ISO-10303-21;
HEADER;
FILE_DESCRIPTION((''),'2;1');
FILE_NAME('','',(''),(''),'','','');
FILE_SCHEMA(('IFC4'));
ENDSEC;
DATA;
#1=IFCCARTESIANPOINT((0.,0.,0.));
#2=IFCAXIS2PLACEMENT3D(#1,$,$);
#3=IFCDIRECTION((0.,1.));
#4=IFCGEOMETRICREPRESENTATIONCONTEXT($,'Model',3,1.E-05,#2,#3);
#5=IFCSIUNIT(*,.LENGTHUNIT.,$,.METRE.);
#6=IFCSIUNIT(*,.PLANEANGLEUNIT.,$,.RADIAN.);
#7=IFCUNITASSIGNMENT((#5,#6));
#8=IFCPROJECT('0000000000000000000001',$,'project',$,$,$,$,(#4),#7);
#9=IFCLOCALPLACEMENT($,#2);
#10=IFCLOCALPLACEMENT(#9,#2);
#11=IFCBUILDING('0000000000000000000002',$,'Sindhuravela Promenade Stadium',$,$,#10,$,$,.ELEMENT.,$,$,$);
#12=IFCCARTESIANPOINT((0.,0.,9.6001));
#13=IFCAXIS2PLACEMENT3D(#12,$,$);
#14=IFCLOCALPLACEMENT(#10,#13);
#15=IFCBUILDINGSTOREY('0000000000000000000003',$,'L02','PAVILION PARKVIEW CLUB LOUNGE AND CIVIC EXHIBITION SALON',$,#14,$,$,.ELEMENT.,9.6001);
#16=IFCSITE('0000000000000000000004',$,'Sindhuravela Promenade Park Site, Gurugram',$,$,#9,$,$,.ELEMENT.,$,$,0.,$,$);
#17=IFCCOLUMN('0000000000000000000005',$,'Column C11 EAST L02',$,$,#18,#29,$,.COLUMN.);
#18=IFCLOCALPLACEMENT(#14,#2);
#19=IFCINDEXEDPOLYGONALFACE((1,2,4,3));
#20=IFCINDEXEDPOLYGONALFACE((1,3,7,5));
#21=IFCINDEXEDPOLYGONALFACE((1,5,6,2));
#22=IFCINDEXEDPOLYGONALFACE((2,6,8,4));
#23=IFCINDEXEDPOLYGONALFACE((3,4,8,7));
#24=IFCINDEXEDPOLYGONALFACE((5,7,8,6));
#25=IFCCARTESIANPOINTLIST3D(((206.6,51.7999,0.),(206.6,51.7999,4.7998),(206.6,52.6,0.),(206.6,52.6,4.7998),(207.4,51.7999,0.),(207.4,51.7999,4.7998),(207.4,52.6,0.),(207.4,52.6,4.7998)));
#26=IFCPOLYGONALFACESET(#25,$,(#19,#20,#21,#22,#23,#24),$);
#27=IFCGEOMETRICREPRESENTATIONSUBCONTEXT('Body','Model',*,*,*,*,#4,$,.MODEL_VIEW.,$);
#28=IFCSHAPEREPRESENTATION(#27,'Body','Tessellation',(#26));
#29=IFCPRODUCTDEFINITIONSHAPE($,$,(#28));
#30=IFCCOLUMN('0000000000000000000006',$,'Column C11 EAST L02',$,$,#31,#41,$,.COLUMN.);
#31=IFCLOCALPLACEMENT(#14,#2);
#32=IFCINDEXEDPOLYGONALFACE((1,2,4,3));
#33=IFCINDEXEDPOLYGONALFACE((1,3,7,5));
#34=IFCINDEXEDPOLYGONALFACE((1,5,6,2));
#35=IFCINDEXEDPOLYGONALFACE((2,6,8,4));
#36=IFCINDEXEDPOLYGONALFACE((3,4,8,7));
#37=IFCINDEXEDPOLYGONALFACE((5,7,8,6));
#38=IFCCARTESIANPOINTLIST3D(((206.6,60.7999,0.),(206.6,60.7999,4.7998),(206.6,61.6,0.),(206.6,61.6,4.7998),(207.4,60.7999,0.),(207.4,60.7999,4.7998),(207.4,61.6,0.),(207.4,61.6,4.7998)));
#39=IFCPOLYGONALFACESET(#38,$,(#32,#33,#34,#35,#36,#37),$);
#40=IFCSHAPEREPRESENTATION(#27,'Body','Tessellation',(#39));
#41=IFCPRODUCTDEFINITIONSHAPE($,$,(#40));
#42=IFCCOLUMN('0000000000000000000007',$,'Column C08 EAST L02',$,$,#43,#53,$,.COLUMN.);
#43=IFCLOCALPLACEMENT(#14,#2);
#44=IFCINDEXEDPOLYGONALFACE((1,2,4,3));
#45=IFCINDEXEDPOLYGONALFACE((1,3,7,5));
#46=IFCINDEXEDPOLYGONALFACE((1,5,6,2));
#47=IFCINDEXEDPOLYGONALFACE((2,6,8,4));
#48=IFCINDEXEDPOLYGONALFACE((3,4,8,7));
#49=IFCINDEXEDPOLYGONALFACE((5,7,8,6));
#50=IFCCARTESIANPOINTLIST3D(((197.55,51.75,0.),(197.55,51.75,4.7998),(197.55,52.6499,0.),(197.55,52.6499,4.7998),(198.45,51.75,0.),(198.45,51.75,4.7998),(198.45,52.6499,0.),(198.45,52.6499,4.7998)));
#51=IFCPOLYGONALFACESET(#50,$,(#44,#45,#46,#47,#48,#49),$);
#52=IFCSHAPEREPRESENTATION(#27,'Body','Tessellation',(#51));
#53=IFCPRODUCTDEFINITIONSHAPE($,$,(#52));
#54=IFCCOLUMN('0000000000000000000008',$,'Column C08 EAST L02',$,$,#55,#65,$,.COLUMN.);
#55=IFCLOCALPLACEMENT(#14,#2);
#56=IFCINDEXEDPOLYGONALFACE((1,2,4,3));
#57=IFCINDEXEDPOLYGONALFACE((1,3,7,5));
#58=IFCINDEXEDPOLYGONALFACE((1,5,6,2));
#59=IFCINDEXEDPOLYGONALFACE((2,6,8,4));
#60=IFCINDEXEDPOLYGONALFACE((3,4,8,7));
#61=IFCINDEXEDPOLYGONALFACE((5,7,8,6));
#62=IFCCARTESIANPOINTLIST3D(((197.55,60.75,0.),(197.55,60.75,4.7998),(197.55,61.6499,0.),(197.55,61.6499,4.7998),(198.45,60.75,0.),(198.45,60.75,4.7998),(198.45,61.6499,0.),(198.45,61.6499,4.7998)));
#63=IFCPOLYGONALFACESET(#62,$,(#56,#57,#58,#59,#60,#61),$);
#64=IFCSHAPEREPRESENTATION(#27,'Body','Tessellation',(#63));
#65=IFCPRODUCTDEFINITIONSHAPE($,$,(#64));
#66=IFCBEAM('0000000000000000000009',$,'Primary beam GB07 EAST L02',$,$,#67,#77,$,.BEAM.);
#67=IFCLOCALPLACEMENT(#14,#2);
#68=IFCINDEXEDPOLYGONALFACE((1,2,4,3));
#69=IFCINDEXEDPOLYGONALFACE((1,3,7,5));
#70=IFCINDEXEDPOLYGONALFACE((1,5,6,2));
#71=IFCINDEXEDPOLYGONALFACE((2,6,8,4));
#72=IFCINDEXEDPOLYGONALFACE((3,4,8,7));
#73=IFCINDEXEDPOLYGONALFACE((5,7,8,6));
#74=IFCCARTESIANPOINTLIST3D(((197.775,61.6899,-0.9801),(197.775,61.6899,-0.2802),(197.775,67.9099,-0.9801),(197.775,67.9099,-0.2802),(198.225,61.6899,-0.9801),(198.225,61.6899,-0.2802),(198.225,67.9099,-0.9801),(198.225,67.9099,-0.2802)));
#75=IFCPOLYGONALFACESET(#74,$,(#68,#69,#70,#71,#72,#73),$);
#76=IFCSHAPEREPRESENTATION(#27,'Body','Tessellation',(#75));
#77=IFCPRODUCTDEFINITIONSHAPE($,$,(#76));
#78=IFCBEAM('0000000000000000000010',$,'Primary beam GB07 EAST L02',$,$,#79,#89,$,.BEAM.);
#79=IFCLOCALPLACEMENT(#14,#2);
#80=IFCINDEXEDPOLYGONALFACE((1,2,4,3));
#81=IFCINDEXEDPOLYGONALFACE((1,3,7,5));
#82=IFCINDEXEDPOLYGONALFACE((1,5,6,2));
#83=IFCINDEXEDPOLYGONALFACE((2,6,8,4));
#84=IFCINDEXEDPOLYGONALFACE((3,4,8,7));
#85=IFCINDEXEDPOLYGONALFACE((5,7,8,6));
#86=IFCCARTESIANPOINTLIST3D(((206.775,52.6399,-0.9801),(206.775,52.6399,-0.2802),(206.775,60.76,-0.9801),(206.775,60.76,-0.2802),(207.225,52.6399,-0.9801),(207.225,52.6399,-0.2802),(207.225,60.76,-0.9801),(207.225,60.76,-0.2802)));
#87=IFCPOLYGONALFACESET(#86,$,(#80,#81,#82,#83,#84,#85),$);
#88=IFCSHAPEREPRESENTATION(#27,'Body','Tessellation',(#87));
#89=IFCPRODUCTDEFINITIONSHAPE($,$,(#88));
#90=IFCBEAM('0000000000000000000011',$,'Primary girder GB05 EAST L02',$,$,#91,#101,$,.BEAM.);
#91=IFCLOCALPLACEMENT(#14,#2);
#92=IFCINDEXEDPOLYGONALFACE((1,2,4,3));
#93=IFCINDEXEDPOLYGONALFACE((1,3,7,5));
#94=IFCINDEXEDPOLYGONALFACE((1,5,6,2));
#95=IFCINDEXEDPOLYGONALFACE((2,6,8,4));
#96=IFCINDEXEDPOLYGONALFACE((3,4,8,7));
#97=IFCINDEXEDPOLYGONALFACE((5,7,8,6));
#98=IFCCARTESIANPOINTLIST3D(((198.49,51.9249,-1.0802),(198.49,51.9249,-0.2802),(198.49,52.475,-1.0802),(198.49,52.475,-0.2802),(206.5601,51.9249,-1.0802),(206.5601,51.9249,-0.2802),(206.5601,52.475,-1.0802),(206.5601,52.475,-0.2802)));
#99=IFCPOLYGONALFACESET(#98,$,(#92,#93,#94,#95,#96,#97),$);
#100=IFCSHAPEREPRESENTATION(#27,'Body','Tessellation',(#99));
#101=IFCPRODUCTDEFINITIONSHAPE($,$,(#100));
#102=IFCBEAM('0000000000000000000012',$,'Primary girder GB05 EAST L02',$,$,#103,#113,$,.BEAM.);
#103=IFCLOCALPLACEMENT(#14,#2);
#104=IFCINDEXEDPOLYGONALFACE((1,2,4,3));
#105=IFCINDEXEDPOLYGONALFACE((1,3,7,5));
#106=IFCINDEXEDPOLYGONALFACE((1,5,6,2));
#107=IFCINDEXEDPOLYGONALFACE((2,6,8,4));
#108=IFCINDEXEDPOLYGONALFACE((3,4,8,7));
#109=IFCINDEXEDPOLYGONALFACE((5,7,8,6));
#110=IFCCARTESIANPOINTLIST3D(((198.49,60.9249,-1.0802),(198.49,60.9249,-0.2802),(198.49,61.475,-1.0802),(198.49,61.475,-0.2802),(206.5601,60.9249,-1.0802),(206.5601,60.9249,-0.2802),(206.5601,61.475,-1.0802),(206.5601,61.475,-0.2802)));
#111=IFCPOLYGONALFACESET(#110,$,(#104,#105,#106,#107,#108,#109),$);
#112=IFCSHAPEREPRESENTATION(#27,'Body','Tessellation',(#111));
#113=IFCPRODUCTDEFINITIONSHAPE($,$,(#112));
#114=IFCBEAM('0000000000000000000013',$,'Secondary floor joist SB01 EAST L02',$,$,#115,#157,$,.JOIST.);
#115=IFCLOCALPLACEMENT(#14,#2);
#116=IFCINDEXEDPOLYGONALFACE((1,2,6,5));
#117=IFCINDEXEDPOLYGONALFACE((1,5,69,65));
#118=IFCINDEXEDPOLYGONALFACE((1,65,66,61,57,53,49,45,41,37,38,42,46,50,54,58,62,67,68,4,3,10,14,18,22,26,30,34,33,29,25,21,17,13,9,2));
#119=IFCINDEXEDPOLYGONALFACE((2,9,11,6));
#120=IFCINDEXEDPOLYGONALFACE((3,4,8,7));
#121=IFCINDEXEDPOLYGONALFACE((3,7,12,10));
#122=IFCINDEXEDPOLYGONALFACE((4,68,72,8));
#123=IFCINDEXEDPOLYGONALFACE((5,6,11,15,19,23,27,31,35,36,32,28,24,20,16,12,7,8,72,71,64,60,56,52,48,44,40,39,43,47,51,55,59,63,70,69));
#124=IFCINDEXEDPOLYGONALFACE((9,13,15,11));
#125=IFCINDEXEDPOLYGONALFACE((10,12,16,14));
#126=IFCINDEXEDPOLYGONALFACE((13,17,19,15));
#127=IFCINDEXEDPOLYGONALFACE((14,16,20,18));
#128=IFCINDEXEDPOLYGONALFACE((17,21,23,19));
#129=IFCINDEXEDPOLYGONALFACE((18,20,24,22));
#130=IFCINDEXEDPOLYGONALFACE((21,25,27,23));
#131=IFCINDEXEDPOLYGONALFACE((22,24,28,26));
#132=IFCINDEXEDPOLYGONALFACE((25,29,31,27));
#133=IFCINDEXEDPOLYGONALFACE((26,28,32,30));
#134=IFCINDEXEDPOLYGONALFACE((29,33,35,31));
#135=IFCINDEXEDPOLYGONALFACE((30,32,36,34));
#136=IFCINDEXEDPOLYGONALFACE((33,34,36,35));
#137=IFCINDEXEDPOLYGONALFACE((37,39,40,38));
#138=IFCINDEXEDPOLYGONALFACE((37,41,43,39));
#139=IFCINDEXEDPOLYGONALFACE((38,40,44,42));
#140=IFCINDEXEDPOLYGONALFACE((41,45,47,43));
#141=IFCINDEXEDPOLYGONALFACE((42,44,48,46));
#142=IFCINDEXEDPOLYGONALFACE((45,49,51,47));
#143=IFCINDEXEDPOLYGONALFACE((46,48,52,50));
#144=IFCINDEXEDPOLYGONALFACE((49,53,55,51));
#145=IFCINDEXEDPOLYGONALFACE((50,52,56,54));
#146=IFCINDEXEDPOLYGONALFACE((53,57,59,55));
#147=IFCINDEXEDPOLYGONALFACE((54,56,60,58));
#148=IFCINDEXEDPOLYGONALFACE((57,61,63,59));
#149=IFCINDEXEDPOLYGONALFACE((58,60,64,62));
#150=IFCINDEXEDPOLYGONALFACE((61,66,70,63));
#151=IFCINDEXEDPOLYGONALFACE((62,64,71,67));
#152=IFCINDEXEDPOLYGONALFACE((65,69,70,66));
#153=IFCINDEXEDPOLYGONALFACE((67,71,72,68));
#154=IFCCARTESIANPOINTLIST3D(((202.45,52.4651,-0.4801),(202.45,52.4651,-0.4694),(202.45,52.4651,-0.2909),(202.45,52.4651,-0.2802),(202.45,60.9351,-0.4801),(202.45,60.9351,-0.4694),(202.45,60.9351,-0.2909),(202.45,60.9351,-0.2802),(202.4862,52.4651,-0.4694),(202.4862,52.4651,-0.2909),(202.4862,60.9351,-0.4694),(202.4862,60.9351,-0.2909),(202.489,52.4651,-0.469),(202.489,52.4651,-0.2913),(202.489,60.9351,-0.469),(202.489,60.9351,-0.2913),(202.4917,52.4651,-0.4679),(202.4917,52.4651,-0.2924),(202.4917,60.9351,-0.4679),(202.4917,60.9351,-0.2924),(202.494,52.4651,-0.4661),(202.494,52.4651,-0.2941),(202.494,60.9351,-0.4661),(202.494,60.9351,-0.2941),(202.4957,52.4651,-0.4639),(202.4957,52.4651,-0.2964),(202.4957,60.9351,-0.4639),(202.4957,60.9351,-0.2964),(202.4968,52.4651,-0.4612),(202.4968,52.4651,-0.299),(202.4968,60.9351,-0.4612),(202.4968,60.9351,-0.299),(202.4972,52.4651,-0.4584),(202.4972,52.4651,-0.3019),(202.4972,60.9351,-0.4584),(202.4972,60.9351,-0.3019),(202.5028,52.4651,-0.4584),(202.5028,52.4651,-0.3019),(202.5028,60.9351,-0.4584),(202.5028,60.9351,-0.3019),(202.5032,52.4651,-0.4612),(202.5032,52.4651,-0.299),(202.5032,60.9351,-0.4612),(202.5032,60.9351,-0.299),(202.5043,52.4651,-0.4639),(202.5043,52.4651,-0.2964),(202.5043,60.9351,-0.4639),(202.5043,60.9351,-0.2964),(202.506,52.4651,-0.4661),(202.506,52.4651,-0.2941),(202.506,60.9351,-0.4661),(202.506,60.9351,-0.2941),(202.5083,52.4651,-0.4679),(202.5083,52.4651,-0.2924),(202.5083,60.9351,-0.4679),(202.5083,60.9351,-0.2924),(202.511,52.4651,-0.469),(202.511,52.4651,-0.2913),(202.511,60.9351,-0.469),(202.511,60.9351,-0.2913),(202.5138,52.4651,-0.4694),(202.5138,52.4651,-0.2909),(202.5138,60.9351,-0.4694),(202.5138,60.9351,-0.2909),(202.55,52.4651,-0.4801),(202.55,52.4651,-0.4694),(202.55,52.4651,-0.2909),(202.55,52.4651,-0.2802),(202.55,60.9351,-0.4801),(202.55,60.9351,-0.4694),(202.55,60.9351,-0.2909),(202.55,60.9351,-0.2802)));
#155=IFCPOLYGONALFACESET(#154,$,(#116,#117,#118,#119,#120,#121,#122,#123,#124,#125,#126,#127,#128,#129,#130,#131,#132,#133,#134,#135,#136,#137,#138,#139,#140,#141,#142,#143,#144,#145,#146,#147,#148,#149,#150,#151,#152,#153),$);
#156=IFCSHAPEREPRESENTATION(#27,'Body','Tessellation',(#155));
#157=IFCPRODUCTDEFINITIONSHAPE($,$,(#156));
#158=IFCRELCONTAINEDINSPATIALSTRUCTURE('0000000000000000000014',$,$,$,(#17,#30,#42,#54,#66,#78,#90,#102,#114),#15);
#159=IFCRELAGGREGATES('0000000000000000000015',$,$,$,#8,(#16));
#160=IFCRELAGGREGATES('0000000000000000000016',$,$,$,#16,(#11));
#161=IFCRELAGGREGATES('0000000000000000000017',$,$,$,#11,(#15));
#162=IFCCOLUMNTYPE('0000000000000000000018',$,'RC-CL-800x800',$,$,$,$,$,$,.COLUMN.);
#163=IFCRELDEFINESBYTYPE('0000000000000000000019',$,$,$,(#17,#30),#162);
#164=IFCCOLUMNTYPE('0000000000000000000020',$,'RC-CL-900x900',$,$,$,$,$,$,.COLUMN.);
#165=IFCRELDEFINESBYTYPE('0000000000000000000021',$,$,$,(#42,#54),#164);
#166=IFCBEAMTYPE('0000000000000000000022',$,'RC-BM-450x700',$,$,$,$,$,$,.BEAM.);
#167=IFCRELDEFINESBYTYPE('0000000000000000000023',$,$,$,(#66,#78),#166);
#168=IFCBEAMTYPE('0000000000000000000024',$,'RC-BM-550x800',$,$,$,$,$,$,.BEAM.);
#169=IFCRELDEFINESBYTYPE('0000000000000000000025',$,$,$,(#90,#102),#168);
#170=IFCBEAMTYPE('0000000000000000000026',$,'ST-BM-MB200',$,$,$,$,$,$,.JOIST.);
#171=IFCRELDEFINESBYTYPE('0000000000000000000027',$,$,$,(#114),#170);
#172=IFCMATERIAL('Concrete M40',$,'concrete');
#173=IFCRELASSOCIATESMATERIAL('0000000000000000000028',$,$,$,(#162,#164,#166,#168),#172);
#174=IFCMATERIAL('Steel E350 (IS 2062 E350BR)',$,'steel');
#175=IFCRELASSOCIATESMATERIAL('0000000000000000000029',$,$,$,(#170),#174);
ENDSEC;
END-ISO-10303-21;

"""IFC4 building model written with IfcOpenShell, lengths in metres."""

from ifc_helpers import new_model, si_unit, direction, frame, origin, origin_2d, place, context, subcontext, project, spatial, rectangle, i_section, extrude, material, material_profile, profile_set, type_object, element, save


model = new_model("IFC4")

# Units and contexts
model_context = context("Model", 3, precision=1e-05, world=origin(), true_north=direction((0.0, 1.0)))
body_context = subcontext(model_context, "Body", "Model", "MODEL_VIEW")
ifc_project = project(units=[si_unit("LENGTHUNIT", "METRE"), si_unit("PLANEANGLEUNIT", "RADIAN")], contexts=[model_context])

# Site, building, storey
site_placement = place(None, origin())
site = spatial("IfcSite", under=ifc_project, at=site_placement, Name="Sindhuravela Promenade Park Site, Gurugram", CompositionType="ELEMENT", RefElevation=0.0)
building_placement = place(site_placement, origin())
building = spatial("IfcBuilding", under=site, at=building_placement, Name="Sindhuravela Promenade Stadium", CompositionType="ELEMENT")
storey_placement = place(building_placement, frame((0.0, 0.0, 9.6001)))
storey = spatial("IfcBuildingStorey", under=building, at=storey_placement, Name="L02", Description="PAVILION PARKVIEW CLUB LOUNGE AND CIVIC EXHIBITION SALON", CompositionType="ELEMENT", Elevation=9.6001)

# Columns
ifc_material_1 = material(Name="Concrete M40", Category="concrete")
ifc_material_profile_1 = material_profile(ifc_material_1, rectangle(XDim=0.8, YDim=0.8, at=origin_2d()), Name="RC 800x800")
ifc_profile_set_1 = profile_set([ifc_material_profile_1], Name="Concrete M40")
column_type_1 = type_object("IfcColumnType", Name="RC-CL-800x800", PredefinedType="COLUMN", material=ifc_profile_set_1)
for number, where, z_axis, x_axis, name in (
    (1, (207.0, 52.2, 0.0), (0.0, 0.0, 1.0), (1.0, 0.0, 0.0), "Column C11 EAST L02"),
    (2, (207.0, 61.2, 0.0), (0.0, 0.0, 1.0), (1.0, 0.0, 0.0), "Column C11 EAST L02"),
):
    element("IfcColumn", number, at=place(storey_placement, frame(where, z_axis=z_axis, x_axis=x_axis)), inside=storey, type_object=column_type_1, Name=name, PredefinedType="COLUMN", context=body_context, shape_type="SweptSolid", body=[
        extrude(rectangle(XDim=0.8, YDim=0.8, at=origin_2d()), origin(), (0.0, 0.0, 1.0), 4.7998),
    ])
ifc_material_profile_2 = material_profile(ifc_material_1, rectangle(XDim=0.8999, YDim=0.8999, at=origin_2d()), Name="RC 900x900")
ifc_profile_set_2 = profile_set([ifc_material_profile_2], Name="Concrete M40")
column_type_2 = type_object("IfcColumnType", Name="RC-CL-900x900", PredefinedType="COLUMN", material=ifc_profile_set_2)
for number, where, z_axis, x_axis, name in (
    (3, (198.0, 52.2, 0.0), (0.0, 0.0, 1.0), (1.0, 0.0, 0.0), "Column C08 EAST L02"),
    (4, (198.0, 61.2, 0.0), (0.0, 0.0, 1.0), (1.0, 0.0, 0.0), "Column C08 EAST L02"),
):
    element("IfcColumn", number, at=place(storey_placement, frame(where, z_axis=z_axis, x_axis=x_axis)), inside=storey, type_object=column_type_2, Name=name, PredefinedType="COLUMN", context=body_context, shape_type="SweptSolid", body=[
        extrude(rectangle(XDim=0.8999, YDim=0.8999, at=origin_2d()), origin(), (0.0, 0.0, 1.0), 4.7998),
    ])

# Beams
ifc_material_profile_3 = material_profile(ifc_material_1, rectangle(XDim=0.45, YDim=0.7, at=origin_2d()), Name="RC 450x700")
ifc_profile_set_3 = profile_set([ifc_material_profile_3], Name="Concrete M40")
beam_type_1 = type_object("IfcBeamType", Name="RC-BM-450x700", PredefinedType="BEAM", material=ifc_profile_set_3)
beam_1_placement = place(storey_placement, frame((198.0, 61.6899, -0.6301), z_axis=(0.0, 1.0, 0.0), x_axis=(-1.0, 0.0, 0.0)))
element("IfcBeam", 5, at=beam_1_placement, inside=storey, type_object=beam_type_1, Name="Primary beam GB07 EAST L02", PredefinedType="BEAM", context=body_context, shape_type="SweptSolid", body=[
    extrude(rectangle(XDim=0.45, YDim=0.7, at=origin_2d()), origin(), (0.0, 0.0, 1.0), 6.22),
])
beam_2_placement = place(storey_placement, frame((207.0, 52.6399, -0.6301), z_axis=(0.0, 1.0, 0.0), x_axis=(-1.0, 0.0, 0.0)))
element("IfcBeam", 6, at=beam_2_placement, inside=storey, type_object=beam_type_1, Name="Primary beam GB07 EAST L02", PredefinedType="BEAM", context=body_context, shape_type="SweptSolid", body=[
    extrude(rectangle(XDim=0.45, YDim=0.7, at=origin_2d()), origin(), (0.0, 0.0, 1.0), 8.1201),
])
ifc_material_profile_4 = material_profile(ifc_material_1, rectangle(XDim=0.55, YDim=0.8, at=origin_2d()), Name="RC 550x800")
ifc_profile_set_4 = profile_set([ifc_material_profile_4], Name="Concrete M40")
beam_type_2 = type_object("IfcBeamType", Name="RC-BM-550x800", PredefinedType="BEAM", material=ifc_profile_set_4)
for number, where, z_axis, x_axis, name in (
    (7, (198.49, 52.2, -0.6802), (1.0, 0.0, 0.0), (0.0, 1.0, 0.0), "Primary girder GB05 EAST L02"),
    (8, (198.49, 61.2, -0.6802), (1.0, 0.0, 0.0), (0.0, 1.0, 0.0), "Primary girder GB05 EAST L02"),
):
    element("IfcBeam", number, at=place(storey_placement, frame(where, z_axis=z_axis, x_axis=x_axis)), inside=storey, type_object=beam_type_2, Name=name, PredefinedType="BEAM", context=body_context, shape_type="SweptSolid", body=[
        extrude(rectangle(XDim=0.55, YDim=0.8, at=origin_2d()), origin(), (0.0, 0.0, 1.0), 8.0701),
    ])
ifc_material_2 = material(Name="Steel E350 (IS 2062 E350BR)", Category="steel")
ifc_material_profile_5 = material_profile(ifc_material_2, i_section(OverallWidth=0.1001, OverallDepth=0.2, WebThickness=0.0056, FlangeThickness=0.0107, FilletRadius=0.011, at=origin_2d()), Name="ISMB 200")
ifc_profile_set_5 = profile_set([ifc_material_profile_5], Name="Steel E350 (IS 2062 E350BR)")
beam_type_3 = type_object("IfcBeamType", Name="ST-BM-MB200", PredefinedType="JOIST", material=ifc_profile_set_5)
beam_3_placement = place(storey_placement, frame((202.5, 52.4651, -0.3801), z_axis=(0.0, 1.0, 0.0), x_axis=(-1.0, 0.0, 0.0)))
element("IfcBeam", 9, at=beam_3_placement, inside=storey, type_object=beam_type_3, Name="Secondary floor joist SB01 EAST L02", PredefinedType="JOIST", context=body_context, shape_type="SweptSolid", body=[
    extrude(i_section(OverallWidth=0.1001, OverallDepth=0.2, WebThickness=0.0056, FlangeThickness=0.0107, FilletRadius=0.011, at=origin_2d()), origin(), (0.0, 0.0, 1.0), 8.47),
])

save(model, "model.ifc")
